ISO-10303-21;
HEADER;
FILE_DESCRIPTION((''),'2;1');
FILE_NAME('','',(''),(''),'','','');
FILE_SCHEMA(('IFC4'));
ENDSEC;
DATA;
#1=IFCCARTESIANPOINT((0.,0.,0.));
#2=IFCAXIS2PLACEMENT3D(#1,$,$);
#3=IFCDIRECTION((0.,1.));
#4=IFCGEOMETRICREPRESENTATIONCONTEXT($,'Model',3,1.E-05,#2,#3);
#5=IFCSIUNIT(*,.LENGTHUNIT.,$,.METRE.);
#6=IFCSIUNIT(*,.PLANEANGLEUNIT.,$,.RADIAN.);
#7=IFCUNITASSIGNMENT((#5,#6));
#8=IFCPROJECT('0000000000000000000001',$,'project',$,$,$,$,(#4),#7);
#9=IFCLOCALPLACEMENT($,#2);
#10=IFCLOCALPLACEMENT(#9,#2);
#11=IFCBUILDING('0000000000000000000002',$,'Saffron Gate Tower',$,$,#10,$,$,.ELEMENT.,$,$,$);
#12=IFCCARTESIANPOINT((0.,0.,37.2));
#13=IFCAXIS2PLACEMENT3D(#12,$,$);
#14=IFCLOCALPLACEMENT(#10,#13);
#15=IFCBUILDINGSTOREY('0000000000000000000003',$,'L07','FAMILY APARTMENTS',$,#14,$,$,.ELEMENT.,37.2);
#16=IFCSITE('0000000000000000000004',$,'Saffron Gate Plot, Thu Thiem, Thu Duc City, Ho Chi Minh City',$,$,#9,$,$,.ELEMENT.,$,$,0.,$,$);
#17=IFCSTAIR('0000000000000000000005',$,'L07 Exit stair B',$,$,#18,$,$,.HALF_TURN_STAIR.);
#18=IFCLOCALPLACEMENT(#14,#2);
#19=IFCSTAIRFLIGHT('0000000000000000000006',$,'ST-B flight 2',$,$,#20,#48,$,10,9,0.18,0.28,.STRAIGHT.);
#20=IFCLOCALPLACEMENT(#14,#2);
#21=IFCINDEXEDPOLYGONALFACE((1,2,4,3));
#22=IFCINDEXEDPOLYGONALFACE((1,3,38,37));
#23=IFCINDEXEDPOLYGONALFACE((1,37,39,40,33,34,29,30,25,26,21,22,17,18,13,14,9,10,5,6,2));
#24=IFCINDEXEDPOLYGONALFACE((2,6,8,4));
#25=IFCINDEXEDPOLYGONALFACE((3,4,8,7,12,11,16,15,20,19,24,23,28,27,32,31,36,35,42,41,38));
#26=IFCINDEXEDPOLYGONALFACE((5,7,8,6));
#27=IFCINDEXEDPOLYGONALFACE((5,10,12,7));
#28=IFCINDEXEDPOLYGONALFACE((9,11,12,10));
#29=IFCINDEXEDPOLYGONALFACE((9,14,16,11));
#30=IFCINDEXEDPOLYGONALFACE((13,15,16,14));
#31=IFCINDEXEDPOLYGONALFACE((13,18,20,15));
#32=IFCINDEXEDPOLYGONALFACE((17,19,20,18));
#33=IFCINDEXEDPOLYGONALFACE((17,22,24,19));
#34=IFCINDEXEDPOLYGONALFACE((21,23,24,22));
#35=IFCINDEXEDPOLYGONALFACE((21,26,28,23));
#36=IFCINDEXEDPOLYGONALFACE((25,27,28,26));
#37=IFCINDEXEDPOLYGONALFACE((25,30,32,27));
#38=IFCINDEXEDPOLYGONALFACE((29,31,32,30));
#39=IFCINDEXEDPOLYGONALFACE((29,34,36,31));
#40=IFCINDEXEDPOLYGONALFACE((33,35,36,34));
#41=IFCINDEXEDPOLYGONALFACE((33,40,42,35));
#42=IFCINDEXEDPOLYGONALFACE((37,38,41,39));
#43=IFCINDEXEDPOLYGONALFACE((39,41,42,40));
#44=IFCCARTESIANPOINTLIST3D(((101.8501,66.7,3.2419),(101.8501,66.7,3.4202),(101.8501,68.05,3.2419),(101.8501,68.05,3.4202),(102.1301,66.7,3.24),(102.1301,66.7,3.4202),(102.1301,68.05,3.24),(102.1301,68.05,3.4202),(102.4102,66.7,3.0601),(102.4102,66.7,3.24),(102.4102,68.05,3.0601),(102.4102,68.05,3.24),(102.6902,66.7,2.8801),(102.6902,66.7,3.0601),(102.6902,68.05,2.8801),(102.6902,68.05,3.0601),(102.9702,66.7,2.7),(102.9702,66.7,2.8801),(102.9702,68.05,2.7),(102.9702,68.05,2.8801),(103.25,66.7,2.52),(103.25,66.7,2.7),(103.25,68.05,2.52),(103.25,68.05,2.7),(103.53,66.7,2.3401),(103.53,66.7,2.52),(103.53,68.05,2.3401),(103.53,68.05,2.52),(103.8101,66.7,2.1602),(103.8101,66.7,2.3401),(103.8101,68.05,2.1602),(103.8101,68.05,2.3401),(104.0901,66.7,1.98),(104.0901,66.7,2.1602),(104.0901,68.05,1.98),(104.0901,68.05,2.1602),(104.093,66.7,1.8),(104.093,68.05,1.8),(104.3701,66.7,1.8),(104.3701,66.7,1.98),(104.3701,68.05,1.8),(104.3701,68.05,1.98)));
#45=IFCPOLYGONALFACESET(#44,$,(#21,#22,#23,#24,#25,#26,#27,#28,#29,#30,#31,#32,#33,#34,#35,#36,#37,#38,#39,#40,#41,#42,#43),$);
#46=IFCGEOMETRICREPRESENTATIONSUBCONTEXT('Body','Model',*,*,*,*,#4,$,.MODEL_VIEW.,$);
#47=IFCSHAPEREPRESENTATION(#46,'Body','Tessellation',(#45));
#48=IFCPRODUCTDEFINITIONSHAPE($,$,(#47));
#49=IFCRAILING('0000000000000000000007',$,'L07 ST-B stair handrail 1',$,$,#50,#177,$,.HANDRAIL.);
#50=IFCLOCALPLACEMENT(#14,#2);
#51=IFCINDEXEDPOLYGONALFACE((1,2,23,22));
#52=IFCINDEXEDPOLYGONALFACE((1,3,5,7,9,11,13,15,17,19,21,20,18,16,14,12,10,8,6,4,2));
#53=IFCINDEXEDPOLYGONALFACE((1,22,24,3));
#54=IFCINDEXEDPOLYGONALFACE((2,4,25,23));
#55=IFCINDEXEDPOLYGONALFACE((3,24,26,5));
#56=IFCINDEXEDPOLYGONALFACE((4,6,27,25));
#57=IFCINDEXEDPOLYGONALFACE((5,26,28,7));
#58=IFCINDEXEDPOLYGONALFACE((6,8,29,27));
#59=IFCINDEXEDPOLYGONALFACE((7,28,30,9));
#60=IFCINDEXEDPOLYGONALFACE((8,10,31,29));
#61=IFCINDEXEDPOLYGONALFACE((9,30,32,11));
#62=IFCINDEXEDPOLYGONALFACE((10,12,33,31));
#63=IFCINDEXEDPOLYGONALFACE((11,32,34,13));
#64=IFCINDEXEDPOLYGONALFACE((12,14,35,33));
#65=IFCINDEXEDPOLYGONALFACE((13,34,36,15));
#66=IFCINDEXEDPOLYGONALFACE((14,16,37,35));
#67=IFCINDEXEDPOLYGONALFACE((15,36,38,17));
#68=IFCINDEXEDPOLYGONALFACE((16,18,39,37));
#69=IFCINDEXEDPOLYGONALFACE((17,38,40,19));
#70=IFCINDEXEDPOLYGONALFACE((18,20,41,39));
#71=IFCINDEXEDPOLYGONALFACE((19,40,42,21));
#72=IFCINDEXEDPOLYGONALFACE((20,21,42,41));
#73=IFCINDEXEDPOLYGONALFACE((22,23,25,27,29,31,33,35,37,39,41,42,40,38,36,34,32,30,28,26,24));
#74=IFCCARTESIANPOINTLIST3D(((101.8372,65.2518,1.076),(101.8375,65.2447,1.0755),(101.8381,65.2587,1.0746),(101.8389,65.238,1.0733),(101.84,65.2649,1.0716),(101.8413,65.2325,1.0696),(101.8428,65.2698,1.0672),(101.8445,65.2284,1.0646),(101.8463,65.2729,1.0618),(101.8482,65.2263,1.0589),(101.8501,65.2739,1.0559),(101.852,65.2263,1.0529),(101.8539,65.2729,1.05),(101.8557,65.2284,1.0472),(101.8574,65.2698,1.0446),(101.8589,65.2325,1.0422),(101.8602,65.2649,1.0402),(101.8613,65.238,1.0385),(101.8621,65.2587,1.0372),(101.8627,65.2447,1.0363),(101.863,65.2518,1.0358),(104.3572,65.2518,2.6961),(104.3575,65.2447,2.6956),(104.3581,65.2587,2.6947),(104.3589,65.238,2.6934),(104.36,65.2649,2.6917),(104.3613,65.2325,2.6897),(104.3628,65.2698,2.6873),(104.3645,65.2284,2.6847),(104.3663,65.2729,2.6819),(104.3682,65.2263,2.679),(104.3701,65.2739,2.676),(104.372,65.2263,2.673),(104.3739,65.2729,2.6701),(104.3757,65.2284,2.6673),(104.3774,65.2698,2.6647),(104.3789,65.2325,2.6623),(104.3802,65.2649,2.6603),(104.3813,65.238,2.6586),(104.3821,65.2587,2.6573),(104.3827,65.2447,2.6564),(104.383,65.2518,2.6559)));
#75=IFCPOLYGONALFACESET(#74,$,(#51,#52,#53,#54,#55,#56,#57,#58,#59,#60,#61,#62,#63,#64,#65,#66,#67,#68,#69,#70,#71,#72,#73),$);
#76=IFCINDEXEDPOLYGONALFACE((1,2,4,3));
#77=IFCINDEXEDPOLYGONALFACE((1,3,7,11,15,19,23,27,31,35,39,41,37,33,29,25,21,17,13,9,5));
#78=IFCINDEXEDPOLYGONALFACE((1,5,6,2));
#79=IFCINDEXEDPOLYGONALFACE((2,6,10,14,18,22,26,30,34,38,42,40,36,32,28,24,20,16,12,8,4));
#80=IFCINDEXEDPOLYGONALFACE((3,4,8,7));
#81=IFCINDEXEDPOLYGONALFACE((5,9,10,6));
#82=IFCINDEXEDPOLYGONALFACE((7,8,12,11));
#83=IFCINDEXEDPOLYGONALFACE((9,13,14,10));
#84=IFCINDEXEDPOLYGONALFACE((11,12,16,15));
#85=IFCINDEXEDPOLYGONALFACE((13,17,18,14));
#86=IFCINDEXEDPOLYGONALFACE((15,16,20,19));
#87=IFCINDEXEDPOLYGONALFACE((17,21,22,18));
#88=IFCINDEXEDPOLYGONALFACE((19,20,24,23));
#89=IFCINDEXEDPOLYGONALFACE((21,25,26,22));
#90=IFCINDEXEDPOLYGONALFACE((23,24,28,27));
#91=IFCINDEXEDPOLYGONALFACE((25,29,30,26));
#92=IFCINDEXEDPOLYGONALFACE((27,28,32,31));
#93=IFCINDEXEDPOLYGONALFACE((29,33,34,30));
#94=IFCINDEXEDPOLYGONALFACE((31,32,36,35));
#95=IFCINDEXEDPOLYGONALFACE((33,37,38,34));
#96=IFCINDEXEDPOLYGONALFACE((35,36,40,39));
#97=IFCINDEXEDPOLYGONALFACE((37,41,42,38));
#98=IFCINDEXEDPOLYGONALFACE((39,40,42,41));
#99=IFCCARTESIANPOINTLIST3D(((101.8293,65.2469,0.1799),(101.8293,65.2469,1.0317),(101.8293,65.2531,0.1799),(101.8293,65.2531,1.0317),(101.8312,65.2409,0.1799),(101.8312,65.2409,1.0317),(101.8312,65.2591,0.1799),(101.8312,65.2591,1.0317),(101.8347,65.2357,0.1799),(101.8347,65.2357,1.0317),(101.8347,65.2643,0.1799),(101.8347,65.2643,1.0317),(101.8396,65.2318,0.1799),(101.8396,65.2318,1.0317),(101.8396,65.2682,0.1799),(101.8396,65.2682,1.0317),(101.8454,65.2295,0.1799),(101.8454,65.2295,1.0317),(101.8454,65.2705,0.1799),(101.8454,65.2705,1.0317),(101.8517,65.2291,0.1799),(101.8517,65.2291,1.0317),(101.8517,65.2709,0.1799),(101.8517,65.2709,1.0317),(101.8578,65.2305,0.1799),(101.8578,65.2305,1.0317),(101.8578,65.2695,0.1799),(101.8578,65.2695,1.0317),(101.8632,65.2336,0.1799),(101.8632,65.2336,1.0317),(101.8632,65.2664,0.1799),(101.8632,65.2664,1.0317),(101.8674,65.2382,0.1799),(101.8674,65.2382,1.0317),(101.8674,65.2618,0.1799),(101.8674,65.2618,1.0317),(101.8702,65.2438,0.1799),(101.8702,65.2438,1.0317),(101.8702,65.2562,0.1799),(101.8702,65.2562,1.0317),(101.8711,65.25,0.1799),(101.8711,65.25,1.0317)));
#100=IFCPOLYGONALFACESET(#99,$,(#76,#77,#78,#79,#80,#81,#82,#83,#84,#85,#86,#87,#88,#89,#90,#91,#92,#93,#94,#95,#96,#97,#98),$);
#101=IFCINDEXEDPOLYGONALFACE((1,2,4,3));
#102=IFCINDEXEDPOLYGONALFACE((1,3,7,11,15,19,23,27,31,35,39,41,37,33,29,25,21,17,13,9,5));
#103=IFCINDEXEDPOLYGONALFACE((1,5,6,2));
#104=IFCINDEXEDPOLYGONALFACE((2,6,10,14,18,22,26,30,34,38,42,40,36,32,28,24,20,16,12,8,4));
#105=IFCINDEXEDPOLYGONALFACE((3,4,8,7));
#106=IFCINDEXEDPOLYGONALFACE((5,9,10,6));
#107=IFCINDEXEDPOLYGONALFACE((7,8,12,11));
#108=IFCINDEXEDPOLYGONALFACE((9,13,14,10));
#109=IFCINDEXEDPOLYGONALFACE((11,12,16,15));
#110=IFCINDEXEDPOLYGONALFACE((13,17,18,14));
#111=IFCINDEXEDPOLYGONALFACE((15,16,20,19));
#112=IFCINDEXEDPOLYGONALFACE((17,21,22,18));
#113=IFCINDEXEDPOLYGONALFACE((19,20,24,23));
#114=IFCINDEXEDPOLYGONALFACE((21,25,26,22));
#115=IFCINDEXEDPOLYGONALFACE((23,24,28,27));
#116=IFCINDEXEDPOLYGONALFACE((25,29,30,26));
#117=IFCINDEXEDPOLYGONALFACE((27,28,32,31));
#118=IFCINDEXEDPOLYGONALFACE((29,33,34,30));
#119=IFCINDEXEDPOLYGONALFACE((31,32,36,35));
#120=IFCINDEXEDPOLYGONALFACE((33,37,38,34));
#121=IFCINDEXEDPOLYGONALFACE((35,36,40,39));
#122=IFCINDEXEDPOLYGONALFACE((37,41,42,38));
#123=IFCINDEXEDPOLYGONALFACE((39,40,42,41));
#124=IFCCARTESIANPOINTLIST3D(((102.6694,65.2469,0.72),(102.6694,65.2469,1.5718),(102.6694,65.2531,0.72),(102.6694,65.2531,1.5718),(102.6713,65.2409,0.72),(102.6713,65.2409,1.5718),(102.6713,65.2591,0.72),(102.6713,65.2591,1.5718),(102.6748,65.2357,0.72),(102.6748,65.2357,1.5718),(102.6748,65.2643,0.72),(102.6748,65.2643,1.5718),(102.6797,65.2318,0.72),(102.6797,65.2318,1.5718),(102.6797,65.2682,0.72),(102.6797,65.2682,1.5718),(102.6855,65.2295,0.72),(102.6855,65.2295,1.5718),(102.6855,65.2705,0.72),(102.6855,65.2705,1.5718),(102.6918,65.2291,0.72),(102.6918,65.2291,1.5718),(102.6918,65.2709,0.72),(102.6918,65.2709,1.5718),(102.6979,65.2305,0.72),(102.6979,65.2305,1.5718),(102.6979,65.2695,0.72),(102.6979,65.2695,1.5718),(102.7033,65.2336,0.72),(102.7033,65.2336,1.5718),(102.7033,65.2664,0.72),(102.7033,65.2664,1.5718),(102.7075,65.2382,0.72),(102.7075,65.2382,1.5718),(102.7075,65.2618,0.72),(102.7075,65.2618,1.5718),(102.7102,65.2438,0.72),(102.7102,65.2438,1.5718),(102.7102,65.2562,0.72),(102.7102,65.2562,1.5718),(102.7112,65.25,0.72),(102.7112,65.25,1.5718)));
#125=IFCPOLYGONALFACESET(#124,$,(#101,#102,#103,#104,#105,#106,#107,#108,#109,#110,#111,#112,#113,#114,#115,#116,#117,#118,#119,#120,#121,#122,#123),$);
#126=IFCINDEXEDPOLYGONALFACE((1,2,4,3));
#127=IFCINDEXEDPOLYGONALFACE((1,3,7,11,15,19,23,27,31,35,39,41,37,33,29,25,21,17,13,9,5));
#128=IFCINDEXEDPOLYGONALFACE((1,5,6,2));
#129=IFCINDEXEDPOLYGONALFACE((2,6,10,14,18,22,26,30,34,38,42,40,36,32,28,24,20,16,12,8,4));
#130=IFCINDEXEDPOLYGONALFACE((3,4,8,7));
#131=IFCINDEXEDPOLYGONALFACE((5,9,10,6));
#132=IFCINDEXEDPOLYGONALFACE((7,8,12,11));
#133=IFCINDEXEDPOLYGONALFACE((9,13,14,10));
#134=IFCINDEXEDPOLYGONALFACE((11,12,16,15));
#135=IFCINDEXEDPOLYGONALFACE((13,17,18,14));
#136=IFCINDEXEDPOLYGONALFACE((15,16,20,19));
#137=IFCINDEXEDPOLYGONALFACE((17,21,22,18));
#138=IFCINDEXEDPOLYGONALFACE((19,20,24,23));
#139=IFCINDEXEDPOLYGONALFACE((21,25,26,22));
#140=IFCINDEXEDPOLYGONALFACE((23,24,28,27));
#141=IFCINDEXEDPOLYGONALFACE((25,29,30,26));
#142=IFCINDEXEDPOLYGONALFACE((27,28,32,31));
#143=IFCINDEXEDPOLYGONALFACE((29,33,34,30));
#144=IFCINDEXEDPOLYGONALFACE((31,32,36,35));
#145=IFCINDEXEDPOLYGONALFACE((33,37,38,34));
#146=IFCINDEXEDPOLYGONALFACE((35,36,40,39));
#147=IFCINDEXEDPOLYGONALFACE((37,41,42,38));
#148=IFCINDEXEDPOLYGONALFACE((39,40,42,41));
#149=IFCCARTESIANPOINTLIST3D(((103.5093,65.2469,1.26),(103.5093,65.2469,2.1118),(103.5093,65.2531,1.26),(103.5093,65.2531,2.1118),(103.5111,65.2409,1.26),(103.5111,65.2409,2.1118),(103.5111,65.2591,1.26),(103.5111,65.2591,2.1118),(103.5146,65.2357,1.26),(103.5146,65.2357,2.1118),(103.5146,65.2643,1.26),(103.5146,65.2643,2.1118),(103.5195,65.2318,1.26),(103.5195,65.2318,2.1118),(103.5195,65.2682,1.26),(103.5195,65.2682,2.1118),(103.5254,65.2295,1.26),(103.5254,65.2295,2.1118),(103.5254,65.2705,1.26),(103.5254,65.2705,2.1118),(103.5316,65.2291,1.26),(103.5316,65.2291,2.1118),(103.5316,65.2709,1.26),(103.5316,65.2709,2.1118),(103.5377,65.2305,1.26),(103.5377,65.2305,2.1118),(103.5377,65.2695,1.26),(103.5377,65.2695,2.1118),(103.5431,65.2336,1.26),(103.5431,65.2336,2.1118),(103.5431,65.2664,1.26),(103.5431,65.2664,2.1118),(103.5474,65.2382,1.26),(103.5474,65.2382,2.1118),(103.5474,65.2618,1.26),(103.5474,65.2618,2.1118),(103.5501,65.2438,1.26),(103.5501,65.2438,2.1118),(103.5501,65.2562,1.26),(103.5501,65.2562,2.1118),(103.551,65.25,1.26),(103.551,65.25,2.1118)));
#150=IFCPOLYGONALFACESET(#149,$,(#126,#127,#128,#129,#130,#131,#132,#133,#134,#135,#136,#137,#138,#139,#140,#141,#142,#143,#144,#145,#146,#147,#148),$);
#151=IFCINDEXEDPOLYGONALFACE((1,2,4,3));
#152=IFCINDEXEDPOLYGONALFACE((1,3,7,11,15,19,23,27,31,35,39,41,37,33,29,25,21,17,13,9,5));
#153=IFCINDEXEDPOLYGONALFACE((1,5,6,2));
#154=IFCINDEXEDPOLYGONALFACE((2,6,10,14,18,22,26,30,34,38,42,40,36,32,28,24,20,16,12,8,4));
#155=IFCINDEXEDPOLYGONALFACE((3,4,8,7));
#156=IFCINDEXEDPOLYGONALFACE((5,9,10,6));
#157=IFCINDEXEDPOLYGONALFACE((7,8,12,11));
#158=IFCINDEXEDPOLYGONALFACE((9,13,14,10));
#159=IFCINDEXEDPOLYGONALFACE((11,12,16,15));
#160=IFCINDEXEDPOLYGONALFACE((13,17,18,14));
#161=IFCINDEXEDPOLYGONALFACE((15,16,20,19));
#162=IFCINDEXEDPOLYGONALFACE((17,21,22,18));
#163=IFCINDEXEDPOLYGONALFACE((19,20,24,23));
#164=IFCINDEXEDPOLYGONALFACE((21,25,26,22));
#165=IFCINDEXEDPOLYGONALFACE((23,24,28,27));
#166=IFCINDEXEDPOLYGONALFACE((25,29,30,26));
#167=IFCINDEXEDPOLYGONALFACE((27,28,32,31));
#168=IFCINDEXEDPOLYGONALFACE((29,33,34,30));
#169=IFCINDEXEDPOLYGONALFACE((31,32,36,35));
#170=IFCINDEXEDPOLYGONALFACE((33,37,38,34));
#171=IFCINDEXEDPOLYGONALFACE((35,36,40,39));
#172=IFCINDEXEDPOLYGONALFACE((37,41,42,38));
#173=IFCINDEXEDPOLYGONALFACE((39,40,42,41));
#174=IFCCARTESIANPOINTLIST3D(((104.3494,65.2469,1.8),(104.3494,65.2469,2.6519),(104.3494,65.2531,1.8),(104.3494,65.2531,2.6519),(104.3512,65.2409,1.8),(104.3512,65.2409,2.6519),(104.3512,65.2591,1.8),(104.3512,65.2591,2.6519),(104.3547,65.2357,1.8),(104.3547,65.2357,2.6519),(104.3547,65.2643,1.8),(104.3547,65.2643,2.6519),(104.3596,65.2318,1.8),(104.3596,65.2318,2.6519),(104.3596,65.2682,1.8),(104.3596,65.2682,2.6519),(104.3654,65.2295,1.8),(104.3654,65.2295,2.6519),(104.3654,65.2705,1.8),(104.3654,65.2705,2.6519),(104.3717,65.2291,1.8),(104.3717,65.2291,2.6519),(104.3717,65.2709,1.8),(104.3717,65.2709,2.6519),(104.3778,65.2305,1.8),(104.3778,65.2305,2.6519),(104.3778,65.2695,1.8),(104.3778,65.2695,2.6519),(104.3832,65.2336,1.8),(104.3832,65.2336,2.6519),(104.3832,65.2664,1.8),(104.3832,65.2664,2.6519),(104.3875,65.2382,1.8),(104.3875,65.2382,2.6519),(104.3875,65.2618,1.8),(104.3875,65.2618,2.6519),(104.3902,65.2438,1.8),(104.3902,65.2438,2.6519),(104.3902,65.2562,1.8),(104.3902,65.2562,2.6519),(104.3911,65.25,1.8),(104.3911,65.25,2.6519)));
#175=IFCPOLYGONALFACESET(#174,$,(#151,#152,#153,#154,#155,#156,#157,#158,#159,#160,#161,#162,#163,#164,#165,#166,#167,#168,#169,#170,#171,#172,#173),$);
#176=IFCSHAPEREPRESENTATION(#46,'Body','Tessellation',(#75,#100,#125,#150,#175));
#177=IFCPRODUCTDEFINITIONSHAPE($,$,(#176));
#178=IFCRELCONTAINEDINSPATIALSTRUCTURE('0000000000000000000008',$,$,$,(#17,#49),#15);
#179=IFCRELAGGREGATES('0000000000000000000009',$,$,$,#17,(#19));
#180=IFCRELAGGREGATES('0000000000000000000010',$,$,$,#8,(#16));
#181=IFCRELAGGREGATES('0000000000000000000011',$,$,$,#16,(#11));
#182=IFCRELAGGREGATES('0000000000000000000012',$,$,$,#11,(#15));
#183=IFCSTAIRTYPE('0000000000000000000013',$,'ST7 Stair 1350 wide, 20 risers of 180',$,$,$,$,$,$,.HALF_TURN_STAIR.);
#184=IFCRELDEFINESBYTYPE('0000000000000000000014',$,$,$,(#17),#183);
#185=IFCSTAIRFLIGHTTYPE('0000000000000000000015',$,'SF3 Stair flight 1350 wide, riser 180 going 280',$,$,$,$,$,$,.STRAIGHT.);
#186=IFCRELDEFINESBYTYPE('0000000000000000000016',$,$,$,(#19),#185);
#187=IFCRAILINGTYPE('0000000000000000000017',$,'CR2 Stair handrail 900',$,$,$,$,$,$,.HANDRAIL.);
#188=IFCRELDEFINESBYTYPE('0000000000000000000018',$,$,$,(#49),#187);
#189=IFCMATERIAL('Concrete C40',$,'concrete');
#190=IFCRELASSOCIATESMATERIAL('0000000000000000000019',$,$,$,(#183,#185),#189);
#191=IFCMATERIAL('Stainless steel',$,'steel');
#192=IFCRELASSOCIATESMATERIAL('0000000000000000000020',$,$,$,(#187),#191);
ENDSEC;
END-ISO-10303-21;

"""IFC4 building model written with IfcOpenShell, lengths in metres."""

from ifc_helpers import new_model, si_unit, direction, frame, origin, origin_2d, place, context, subcontext, project, spatial, polyline, circle, outline, extrude, material, type_object, element, aggregate, save


model = new_model("IFC4")

# Units and contexts
model_context = context("Model", 3, precision=1e-05, world=origin(), true_north=direction((0.0, 1.0)))
body_context = subcontext(model_context, "Body", "Model", "MODEL_VIEW")
ifc_project = project(units=[si_unit("LENGTHUNIT", "METRE"), si_unit("PLANEANGLEUNIT", "RADIAN")], contexts=[model_context])

# Site, building, storey
site_placement = place(None, origin())
site = spatial("IfcSite", under=ifc_project, at=site_placement, Name="Saffron Gate Plot, Thu Thiem, Thu Duc City, Ho Chi Minh City", CompositionType="ELEMENT", RefElevation=0.0)
building_placement = place(site_placement, origin())
building = spatial("IfcBuilding", under=site, at=building_placement, Name="Saffron Gate Tower", CompositionType="ELEMENT")
storey_placement = place(building_placement, frame((0.0, 0.0, 37.2)))
storey = spatial("IfcBuildingStorey", under=building, at=storey_placement, Name="L07", Description="FAMILY APARTMENTS", CompositionType="ELEMENT", Elevation=37.2)

# Stair, stair flight
ifc_material_1 = material(Name="Concrete C40", Category="concrete")
stair_type = type_object("IfcStairType", Name="ST7 Stair 1350 wide, 20 risers of 180", PredefinedType="HALF_TURN_STAIR", material=ifc_material_1)
stair_placement = place(storey_placement, origin())
stair = element("IfcStair", 1, at=stair_placement, inside=storey, type_object=stair_type, Name="L07 Exit stair B", PredefinedType="HALF_TURN_STAIR")
stair_flight_type = type_object("IfcStairFlightType", Name="SF3 Stair flight 1350 wide, riser 180 going 280", PredefinedType="STRAIGHT", material=ifc_material_1)
stair_flight_1_placement = place(storey_placement, frame((104.3701, 67.375, 1.8), z_axis=(0.0, 0.0, 1.0), x_axis=(-1.0, 0.0, 0.0)))
stair_flight_1 = element("IfcStairFlight", 2, at=stair_flight_1_placement, type_object=stair_flight_type, Name="ST-B flight 2", NumberOfRisers=10, NumberOfTreads=9, PredefinedType="STRAIGHT", RiserHeight=0.18, TreadLength=0.28, context=body_context, shape_type="SweptSolid", body=[
    extrude(outline(polyline([(0.0, 0.0), (0.0, 0.1799), (0.28, 0.1799), (0.28, 0.3601), (0.5601, 0.3601), (0.5601, 0.54), (0.8401, 0.54), (0.8401, 0.72), (1.1201, 0.72), (1.1201, 0.8999), (1.3999, 0.8999), (1.3999, 1.0801), (1.6799, 1.0801), (1.6799, 1.26), (1.96, 1.26), (1.96, 1.4399), (2.24, 1.4399), (2.24, 1.6201), (2.52, 1.6201), (2.52, 1.8), (2.52, 1.4419), (0.2771, 0.0), (0.0, 0.0)])), frame((0.0, 0.675, 0.0), z_axis=(0.0, -1.0, 0.0), x_axis=(1.0, 0.0, 0.0)), (0.0, 0.0, 1.0), 1.3501),
])
aggregate(stair, [stair_flight_1])

# Railing
ifc_material_2 = material(Name="Stainless steel", Category="steel")
railing_type_1 = type_object("IfcRailingType", Name="CR2 Stair handrail 900", PredefinedType="HANDRAIL", material=ifc_material_2)
railing_1_placement = place(storey_placement, frame((101.8501, 65.25, 0.1799)))
element("IfcRailing", 3, at=railing_1_placement, inside=storey, type_object=railing_type_1, Name="L07 ST-B stair handrail 1", PredefinedType="HANDRAIL", context=body_context, shape_type="SweptSolid", body=[
    extrude(circle(Radius=0.0239, at=origin_2d()), frame((0.0, 0.0, 0.876), z_axis=(0.841163, 0.0, 0.540782), x_axis=(0.0, 1.0, 0.0)), (0.0, 0.0, 1.0), 2.9958),
    extrude(circle(Radius=0.021, at=origin_2d()), origin(), (0.0, 0.0, 1.0), 0.8518),
    extrude(circle(Radius=0.021, at=origin_2d()), frame((0.8401, 0.0, 0.54)), (0.0, 0.0, 1.0), 0.8518),
    extrude(circle(Radius=0.021, at=origin_2d()), frame((1.6799, 0.0, 1.0801)), (0.0, 0.0, 1.0), 0.8518),
    extrude(circle(Radius=0.021, at=origin_2d()), frame((2.52, 0.0, 1.6201)), (0.0, 0.0, 1.0), 0.8518),
])

save(model, "model.ifc")
